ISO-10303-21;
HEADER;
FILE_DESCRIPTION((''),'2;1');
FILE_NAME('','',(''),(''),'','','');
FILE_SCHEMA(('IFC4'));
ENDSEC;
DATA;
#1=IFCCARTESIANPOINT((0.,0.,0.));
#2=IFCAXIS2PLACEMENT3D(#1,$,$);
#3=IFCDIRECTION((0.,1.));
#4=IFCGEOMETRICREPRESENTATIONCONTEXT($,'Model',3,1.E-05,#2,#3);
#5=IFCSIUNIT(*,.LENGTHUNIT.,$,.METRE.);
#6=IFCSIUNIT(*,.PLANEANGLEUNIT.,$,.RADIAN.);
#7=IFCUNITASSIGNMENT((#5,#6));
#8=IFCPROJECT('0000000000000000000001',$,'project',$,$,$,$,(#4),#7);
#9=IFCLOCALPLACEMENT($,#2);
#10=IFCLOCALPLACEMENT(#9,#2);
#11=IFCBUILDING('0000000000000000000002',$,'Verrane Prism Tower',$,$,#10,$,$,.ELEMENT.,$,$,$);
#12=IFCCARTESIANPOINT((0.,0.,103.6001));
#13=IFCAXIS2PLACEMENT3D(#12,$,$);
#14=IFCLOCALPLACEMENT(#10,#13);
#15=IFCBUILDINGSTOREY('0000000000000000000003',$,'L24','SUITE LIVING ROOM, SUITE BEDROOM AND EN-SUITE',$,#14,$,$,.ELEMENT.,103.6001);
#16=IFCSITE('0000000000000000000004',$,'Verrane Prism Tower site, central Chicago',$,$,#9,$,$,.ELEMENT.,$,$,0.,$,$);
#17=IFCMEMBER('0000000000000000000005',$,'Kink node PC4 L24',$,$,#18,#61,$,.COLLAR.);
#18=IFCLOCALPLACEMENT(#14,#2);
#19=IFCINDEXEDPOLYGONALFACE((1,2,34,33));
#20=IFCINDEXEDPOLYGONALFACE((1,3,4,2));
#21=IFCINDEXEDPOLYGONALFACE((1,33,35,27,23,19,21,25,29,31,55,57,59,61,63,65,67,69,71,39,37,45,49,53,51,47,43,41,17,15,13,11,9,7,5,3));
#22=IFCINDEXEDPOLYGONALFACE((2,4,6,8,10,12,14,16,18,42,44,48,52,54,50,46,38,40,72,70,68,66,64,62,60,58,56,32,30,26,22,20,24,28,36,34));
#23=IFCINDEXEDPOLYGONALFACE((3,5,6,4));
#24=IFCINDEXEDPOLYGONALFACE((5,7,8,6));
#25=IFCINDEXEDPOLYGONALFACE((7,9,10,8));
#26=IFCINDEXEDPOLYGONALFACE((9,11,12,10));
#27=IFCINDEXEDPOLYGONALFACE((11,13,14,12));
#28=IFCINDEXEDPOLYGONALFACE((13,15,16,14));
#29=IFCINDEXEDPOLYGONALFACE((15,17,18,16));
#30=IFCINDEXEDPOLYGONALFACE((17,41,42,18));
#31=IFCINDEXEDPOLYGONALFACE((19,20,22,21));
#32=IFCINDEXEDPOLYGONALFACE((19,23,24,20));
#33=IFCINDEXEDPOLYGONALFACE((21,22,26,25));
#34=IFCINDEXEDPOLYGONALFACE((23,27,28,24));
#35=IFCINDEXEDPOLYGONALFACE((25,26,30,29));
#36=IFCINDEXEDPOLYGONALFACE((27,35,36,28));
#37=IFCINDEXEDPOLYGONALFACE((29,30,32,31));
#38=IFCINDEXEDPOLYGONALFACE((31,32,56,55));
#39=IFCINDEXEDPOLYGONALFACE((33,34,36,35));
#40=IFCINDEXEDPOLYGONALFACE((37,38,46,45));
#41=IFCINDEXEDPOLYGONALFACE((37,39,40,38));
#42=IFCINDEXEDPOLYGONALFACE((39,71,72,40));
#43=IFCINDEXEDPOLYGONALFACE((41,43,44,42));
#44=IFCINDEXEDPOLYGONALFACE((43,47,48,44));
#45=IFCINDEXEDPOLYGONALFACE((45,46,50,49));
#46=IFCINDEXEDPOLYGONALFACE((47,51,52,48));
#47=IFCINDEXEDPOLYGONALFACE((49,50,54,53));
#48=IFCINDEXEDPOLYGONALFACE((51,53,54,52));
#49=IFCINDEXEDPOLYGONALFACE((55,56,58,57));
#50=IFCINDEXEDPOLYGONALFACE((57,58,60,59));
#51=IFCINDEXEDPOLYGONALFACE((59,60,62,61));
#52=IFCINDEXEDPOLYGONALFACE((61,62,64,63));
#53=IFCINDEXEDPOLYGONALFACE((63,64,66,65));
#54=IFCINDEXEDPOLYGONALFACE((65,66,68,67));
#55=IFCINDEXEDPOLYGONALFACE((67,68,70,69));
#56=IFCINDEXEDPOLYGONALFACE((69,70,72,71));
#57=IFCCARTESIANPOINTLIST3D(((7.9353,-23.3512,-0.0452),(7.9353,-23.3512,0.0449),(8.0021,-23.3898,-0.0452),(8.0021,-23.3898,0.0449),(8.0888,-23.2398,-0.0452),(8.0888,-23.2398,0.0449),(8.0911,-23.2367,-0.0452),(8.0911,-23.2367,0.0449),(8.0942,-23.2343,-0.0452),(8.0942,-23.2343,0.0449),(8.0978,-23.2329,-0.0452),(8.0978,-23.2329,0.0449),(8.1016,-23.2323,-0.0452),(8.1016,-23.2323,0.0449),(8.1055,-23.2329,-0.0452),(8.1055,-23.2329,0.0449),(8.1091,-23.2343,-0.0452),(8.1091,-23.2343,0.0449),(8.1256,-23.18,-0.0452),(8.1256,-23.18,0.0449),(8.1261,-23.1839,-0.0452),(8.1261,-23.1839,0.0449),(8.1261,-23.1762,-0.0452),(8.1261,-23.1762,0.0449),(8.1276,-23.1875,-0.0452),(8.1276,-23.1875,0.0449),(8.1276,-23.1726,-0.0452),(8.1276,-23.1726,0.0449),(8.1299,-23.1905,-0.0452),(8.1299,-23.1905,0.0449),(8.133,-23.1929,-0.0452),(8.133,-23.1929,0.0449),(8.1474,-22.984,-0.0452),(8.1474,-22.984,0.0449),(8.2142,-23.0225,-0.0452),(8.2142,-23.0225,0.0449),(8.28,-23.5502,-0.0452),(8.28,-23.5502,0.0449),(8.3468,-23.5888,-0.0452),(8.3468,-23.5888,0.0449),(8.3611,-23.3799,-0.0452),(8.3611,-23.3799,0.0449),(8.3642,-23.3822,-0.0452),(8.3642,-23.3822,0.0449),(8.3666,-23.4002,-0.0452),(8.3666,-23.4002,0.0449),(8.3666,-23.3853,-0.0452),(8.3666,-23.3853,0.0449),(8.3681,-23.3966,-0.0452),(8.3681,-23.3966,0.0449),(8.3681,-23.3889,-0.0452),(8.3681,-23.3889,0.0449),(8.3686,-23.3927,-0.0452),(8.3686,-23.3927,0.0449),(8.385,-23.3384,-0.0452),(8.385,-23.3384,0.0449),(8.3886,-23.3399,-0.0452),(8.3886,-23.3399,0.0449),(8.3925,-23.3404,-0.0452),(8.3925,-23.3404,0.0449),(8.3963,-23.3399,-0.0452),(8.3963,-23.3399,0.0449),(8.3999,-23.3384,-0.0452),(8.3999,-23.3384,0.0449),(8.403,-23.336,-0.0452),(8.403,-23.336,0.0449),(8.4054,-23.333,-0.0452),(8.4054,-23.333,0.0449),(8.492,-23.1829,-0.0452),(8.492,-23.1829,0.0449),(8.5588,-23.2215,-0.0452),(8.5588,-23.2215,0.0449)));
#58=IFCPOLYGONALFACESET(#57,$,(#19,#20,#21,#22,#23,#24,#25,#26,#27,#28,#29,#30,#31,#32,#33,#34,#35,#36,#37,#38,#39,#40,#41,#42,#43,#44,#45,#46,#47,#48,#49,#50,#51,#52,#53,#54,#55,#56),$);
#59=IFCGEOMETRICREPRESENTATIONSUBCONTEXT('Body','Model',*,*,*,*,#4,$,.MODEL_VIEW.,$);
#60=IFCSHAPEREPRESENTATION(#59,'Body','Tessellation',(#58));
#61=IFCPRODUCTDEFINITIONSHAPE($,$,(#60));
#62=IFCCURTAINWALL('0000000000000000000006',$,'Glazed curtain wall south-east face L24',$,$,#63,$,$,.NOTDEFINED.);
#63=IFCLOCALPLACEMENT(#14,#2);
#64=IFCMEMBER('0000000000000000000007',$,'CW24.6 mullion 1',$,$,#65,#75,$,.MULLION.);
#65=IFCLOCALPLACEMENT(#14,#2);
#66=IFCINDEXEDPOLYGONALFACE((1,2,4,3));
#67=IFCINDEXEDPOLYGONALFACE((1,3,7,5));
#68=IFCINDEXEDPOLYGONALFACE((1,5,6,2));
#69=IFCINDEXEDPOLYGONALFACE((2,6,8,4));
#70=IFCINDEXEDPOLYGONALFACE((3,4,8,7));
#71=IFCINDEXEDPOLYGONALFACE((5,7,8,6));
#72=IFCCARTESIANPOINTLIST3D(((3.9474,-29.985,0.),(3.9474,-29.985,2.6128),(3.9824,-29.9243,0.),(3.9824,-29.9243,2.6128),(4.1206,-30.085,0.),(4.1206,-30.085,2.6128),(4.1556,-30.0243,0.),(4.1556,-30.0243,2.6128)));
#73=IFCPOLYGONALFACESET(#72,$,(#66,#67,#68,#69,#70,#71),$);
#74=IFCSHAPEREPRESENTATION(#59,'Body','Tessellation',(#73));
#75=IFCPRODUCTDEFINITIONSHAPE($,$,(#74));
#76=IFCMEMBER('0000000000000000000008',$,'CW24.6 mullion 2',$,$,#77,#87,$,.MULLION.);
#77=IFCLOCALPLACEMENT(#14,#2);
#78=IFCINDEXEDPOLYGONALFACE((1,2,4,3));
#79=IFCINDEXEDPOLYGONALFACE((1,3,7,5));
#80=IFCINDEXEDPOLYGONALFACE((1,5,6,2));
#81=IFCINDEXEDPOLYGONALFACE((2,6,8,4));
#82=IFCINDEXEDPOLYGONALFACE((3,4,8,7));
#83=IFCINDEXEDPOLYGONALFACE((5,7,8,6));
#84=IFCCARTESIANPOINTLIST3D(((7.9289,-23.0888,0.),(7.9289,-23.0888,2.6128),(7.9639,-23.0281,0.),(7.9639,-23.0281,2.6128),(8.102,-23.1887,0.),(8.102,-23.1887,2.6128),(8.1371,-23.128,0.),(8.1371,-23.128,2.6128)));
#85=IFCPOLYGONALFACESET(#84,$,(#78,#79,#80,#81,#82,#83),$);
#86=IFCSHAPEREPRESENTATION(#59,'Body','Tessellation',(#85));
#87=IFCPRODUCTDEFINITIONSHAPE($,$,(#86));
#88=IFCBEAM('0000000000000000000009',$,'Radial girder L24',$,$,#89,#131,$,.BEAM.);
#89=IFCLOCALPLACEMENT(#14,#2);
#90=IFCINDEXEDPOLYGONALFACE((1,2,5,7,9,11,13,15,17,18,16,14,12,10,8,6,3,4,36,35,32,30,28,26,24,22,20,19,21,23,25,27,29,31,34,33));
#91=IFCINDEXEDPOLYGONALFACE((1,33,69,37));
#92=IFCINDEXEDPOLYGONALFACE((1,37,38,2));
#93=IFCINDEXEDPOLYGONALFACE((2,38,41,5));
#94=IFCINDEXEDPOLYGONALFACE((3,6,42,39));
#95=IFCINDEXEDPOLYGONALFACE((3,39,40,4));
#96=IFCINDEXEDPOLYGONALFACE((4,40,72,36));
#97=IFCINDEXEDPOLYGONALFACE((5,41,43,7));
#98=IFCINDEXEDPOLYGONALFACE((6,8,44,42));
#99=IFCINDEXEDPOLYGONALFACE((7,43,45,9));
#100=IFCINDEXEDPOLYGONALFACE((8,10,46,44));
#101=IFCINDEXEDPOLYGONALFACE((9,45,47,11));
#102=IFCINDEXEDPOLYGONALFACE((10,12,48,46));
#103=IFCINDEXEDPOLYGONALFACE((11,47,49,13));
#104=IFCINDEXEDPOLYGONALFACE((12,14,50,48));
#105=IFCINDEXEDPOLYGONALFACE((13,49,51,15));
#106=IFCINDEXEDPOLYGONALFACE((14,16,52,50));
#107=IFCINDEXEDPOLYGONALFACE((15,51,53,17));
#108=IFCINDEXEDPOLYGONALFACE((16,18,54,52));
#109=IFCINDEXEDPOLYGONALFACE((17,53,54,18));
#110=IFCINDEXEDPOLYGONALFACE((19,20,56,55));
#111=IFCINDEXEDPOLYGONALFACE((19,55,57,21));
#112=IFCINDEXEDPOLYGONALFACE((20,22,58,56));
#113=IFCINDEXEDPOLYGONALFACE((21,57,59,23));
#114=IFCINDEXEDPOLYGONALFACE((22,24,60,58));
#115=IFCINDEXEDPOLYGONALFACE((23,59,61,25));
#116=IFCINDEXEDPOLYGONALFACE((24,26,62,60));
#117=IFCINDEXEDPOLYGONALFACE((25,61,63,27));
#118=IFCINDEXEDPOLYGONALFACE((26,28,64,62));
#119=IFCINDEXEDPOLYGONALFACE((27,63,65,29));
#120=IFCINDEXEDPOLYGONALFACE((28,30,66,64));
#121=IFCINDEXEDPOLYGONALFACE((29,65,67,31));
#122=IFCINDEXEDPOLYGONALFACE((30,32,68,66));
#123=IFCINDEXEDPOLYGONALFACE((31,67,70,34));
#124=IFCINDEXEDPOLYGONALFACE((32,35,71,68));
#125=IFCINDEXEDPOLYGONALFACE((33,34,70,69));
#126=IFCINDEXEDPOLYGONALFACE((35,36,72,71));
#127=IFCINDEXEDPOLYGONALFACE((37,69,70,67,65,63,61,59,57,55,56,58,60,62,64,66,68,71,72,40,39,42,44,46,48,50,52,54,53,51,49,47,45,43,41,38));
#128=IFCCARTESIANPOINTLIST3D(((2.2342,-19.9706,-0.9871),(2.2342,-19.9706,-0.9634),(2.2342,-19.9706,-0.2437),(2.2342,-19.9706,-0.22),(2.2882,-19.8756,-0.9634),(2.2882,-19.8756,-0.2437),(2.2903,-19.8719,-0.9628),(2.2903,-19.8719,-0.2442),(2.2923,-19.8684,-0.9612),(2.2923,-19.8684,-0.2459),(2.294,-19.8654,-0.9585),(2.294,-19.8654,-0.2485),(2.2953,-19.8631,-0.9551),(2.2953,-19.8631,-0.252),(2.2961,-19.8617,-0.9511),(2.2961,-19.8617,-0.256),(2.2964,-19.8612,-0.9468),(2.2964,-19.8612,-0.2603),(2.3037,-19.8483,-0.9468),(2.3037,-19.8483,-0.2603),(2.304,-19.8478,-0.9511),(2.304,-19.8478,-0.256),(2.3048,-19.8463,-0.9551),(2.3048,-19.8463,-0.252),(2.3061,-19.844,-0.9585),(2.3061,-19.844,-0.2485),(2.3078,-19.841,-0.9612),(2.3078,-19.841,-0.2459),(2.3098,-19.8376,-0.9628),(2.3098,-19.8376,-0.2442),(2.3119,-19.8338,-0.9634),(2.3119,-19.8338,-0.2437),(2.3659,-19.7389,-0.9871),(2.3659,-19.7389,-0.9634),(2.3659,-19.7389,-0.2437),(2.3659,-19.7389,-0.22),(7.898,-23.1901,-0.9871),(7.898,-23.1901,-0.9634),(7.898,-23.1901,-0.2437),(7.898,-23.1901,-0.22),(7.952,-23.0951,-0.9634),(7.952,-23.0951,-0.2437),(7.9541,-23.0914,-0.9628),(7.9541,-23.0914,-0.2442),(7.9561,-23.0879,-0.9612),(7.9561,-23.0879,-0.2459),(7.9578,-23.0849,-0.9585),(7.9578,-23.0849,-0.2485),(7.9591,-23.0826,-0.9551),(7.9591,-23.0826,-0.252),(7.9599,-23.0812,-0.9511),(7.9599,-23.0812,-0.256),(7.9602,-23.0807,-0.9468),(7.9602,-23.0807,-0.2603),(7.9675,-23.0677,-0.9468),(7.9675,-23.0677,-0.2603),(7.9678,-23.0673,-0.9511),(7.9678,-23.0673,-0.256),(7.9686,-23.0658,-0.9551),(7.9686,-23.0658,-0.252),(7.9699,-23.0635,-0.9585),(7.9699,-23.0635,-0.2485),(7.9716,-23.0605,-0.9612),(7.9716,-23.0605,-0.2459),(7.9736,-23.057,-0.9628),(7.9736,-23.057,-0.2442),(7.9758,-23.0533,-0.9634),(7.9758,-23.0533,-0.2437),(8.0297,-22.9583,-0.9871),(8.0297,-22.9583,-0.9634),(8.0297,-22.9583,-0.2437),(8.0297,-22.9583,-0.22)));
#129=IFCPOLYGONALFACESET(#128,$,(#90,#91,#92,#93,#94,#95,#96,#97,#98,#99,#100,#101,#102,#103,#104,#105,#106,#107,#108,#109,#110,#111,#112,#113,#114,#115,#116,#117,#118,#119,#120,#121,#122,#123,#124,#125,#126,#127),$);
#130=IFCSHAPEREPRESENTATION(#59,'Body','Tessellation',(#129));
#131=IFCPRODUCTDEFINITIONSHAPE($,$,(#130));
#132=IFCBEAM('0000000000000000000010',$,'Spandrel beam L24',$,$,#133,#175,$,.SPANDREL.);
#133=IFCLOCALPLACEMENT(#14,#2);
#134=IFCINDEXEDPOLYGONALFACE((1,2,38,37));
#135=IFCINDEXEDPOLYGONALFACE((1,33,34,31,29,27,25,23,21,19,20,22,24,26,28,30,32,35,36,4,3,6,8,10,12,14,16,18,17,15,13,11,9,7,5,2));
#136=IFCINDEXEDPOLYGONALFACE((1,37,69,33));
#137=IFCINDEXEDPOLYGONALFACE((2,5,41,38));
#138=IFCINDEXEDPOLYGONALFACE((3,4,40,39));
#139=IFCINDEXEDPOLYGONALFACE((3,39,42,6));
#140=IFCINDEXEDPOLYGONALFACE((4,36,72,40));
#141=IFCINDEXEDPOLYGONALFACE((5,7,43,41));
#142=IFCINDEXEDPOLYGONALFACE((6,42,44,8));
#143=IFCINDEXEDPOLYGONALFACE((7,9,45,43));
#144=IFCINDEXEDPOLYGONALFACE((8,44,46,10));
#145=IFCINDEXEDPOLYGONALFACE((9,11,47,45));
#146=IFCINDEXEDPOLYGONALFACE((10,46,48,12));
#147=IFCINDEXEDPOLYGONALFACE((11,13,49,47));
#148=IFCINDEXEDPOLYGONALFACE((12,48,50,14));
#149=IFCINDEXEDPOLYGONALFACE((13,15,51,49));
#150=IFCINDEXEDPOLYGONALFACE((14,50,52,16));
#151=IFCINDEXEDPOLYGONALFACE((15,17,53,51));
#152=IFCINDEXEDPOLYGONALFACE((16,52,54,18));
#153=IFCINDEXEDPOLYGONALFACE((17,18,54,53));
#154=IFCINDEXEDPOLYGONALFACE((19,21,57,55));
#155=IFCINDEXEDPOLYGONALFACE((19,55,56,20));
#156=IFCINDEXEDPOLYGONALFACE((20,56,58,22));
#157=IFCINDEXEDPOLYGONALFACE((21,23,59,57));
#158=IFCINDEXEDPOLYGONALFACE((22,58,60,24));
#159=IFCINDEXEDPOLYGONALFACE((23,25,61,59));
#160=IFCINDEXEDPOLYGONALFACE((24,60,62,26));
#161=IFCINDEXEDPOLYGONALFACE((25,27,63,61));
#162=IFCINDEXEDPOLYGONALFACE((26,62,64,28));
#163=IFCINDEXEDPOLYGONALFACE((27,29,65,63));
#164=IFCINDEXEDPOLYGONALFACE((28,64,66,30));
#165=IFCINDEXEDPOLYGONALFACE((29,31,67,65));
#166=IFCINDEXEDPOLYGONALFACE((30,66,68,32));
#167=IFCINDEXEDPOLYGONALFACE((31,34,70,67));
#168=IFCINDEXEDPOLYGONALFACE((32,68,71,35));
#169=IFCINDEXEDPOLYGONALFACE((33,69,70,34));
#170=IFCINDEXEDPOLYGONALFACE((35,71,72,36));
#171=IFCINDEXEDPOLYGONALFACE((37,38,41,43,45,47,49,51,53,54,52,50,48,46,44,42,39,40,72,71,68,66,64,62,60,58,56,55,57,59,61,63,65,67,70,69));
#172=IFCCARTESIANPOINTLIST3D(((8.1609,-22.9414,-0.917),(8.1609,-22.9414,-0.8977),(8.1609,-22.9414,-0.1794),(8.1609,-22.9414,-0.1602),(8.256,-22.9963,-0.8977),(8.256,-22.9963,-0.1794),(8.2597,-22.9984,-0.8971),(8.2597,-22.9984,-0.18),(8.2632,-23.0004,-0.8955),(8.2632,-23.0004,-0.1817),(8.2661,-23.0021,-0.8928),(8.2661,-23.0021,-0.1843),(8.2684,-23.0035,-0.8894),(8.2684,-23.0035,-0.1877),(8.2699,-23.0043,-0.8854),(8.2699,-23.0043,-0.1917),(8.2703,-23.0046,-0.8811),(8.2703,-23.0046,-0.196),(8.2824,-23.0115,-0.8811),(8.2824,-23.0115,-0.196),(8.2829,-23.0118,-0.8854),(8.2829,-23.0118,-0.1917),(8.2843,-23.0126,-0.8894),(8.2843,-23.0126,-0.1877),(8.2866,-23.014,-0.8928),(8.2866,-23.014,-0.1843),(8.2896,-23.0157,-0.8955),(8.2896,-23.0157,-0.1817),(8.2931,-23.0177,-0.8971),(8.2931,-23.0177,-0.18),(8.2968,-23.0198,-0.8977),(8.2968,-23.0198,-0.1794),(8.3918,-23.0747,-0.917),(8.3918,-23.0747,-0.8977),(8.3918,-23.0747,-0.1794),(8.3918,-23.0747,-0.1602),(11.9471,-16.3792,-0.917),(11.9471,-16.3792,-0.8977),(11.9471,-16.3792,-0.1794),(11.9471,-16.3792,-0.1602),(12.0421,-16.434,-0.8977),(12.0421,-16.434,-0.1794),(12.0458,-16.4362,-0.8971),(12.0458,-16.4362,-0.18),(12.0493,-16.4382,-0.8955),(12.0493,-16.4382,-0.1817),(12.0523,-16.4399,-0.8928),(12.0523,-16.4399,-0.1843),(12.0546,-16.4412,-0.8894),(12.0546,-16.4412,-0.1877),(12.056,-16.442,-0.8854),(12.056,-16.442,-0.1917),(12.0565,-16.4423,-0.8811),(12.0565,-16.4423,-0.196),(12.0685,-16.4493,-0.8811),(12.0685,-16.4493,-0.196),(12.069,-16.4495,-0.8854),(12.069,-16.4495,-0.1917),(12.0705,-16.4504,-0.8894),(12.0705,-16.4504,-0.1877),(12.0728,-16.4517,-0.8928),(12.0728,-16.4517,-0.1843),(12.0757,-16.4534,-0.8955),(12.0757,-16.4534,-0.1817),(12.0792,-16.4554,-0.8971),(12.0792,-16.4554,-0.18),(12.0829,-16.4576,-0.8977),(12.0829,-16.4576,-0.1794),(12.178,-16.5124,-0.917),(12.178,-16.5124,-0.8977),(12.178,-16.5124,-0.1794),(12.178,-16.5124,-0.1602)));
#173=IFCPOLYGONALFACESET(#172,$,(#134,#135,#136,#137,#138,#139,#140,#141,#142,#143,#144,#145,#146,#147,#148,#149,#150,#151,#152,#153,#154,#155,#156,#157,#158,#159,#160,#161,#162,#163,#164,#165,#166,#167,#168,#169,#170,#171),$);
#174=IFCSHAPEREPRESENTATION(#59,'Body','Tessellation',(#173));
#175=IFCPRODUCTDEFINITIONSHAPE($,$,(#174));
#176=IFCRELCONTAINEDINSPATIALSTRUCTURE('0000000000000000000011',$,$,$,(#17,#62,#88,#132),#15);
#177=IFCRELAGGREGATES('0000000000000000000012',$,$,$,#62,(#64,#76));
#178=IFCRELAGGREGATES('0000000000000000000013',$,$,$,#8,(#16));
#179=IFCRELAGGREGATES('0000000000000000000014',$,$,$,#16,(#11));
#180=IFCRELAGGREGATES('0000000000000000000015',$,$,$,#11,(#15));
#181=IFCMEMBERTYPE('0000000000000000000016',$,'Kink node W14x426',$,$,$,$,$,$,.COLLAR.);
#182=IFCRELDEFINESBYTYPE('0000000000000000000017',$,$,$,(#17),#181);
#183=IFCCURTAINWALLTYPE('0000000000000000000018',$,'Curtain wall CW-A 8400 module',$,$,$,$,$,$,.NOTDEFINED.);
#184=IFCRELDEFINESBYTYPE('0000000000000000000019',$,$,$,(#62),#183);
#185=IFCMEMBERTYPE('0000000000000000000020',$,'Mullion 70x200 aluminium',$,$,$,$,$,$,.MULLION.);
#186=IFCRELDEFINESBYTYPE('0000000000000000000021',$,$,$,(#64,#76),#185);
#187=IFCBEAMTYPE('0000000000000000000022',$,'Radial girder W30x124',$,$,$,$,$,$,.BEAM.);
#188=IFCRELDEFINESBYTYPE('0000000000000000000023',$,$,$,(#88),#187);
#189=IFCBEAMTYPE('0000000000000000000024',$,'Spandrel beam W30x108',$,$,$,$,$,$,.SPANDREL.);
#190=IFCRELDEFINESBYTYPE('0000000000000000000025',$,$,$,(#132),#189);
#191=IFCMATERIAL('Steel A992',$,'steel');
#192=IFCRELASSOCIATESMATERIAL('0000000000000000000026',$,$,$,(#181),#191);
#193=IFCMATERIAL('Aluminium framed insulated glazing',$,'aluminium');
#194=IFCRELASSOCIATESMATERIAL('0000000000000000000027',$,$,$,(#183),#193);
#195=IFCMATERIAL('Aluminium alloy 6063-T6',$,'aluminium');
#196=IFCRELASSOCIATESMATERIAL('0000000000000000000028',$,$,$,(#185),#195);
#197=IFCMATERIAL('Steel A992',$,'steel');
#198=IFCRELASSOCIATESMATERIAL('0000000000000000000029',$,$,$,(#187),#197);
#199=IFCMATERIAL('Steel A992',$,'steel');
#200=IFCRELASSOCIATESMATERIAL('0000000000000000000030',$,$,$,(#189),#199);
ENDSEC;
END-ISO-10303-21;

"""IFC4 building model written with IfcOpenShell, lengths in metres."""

from ifc_helpers import new_model, si_unit, direction, frame, origin, origin_2d, place, context, subcontext, project, spatial, rectangle, i_section, extrude, material, material_profile, profile_set, type_object, element, aggregate, save


model = new_model("IFC4")

# Units and contexts
model_context = context("Model", 3, precision=1e-05, world=origin(), true_north=direction((0.0, 1.0)))
body_context = subcontext(model_context, "Body", "Model", "MODEL_VIEW")
ifc_project = project(units=[si_unit("LENGTHUNIT", "METRE"), si_unit("PLANEANGLEUNIT", "RADIAN")], contexts=[model_context])

# Site, building, storey
site_placement = place(None, origin())
site = spatial("IfcSite", under=ifc_project, at=site_placement, Name="Verrane Prism Tower site, central Chicago", CompositionType="ELEMENT", RefElevation=0.0)
building_placement = place(site_placement, origin())
building = spatial("IfcBuilding", under=site, at=building_placement, Name="Verrane Prism Tower", CompositionType="ELEMENT")
storey_placement = place(building_placement, frame((0.0, 0.0, 103.6001)))
storey = spatial("IfcBuildingStorey", under=building, at=storey_placement, Name="L24", Description="SUITE LIVING ROOM, SUITE BEDROOM AND EN-SUITE", CompositionType="ELEMENT", Elevation=103.6001)

# Member
ifc_material_1 = material(Name="Steel A992", Category="steel")
ifc_material_profile_1 = material_profile(ifc_material_1, i_section(OverallWidth=0.4241, OverallDepth=0.4751, WebThickness=0.0479, FlangeThickness=0.0771, FilletRadius=0.0149, at=origin_2d()), Name="W14x426")
ifc_profile_set_1 = profile_set([ifc_material_profile_1], Name="Steel A992")
member_type_1 = type_object("IfcMemberType", Name="Kink node W14x426", PredefinedType="COLLAR", material=ifc_profile_set_1)
member_1_placement = place(storey_placement, frame((8.2471, -23.2864, -0.0452), z_axis=(0.0, 0.0, 1.0), x_axis=(-0.5, -0.866025, 0.0)))
element("IfcMember", 1, at=member_1_placement, inside=storey, type_object=member_type_1, Name="Kink node PC4 L24", PredefinedType="COLLAR", context=body_context, shape_type="SweptSolid", body=[
    extrude(i_section(OverallWidth=0.4241, OverallDepth=0.4751, WebThickness=0.0479, FlangeThickness=0.0771, FilletRadius=0.0149, at=origin_2d()), origin(), (0.0, 0.0, 1.0), 0.0901),
])

# Curtain wall, members
ifc_material_2 = material(Name="Aluminium framed insulated glazing", Category="aluminium")
curtain_wall_type = type_object("IfcCurtainWallType", Name="Curtain wall CW-A 8400 module", PredefinedType="NOTDEFINED", material=ifc_material_2)
curtain_wall_1_placement = place(storey_placement, origin())
curtain_wall_1 = element("IfcCurtainWall", 2, at=curtain_wall_1_placement, inside=storey, type_object=curtain_wall_type, Name="Glazed curtain wall south-east face L24", PredefinedType="NOTDEFINED")
ifc_material_3 = material(Name="Aluminium alloy 6063-T6", Category="aluminium")
ifc_material_profile_2 = material_profile(ifc_material_3, rectangle(XDim=0.2, YDim=0.0701, at=origin_2d()), Name="Mullion 70x200 aluminium")
ifc_profile_set_2 = profile_set([ifc_material_profile_2], Name="Aluminium alloy 6063-T6")
member_type_2 = type_object("IfcMemberType", Name="Mullion 70x200 aluminium", PredefinedType="MULLION", material=ifc_profile_set_2)
member_2_placement = place(storey_placement, frame((4.0515, -30.0046, 0.0), z_axis=(0.0, 0.0, 1.0), x_axis=(-0.866025, 0.5, 0.0)))
member_2 = element("IfcMember", 3, at=member_2_placement, type_object=member_type_2, Name="CW24.6 mullion 1", PredefinedType="MULLION", context=body_context, shape_type="SweptSolid", body=[
    extrude(rectangle(XDim=0.2, YDim=0.0701, at=origin_2d()), origin(), (0.0, 0.0, 1.0), 2.6128),
])
member_3_placement = place(storey_placement, frame((8.033, -23.1084, 0.0), z_axis=(0.0, 0.0, 1.0), x_axis=(-0.866025, 0.5, 0.0)))
member_3 = element("IfcMember", 4, at=member_3_placement, type_object=member_type_2, Name="CW24.6 mullion 2", PredefinedType="MULLION", context=body_context, shape_type="SweptSolid", body=[
    extrude(rectangle(XDim=0.2, YDim=0.0701, at=origin_2d()), origin(), (0.0, 0.0, 1.0), 2.6128),
])

# Beams
ifc_material_4 = material(Name="Steel A992", Category="steel")
ifc_material_profile_3 = material_profile(ifc_material_4, i_section(OverallWidth=0.2666, OverallDepth=0.7671, WebThickness=0.0149, FlangeThickness=0.0237, FilletRadius=0.0166, at=origin_2d()), Name="W30x124")
ifc_profile_set_3 = profile_set([ifc_material_profile_3], Name="Steel A992")
beam_type_1 = type_object("IfcBeamType", Name="Radial girder W30x124", PredefinedType="BEAM", material=ifc_profile_set_3)
beam_1_placement = place(storey_placement, frame((7.9639, -23.0742, -0.6035), z_axis=(-0.869364, 0.494172, 0.0), x_axis=(-0.494172, -0.869364, 0.0)))
element("IfcBeam", 5, at=beam_1_placement, inside=storey, type_object=beam_type_1, Name="Radial girder L24", PredefinedType="BEAM", context=body_context, shape_type="SweptSolid", body=[
    extrude(i_section(OverallWidth=0.2666, OverallDepth=0.7671, WebThickness=0.0149, FlangeThickness=0.0237, FilletRadius=0.0166, at=origin_2d()), origin(), (0.0, 0.0, 1.0), 6.5149),
])
ifc_material_5 = material(Name="Steel A992", Category="steel")
ifc_material_profile_4 = material_profile(ifc_material_5, i_section(OverallWidth=0.2666, OverallDepth=0.7568, WebThickness=0.0139, FlangeThickness=0.0193, FilletRadius=0.0166, at=origin_2d()), Name="W30x108")
ifc_profile_set_4 = profile_set([ifc_material_profile_4], Name="Steel A992")
beam_type_2 = type_object("IfcBeamType", Name="Spandrel beam W30x108", PredefinedType="SPANDREL", material=ifc_profile_set_4)
beam_2_placement = place(storey_placement, frame((8.2764, -23.0081, -0.5386), z_axis=(0.499744, 0.866173, 0.0), x_axis=(-0.866173, 0.499744, 0.0)))
element("IfcBeam", 6, at=beam_2_placement, inside=storey, type_object=beam_type_2, Name="Spandrel beam L24", PredefinedType="SPANDREL", context=body_context, shape_type="SweptSolid", body=[
    extrude(i_section(OverallWidth=0.2666, OverallDepth=0.7568, WebThickness=0.0139, FlangeThickness=0.0193, FilletRadius=0.0166, at=origin_2d()), origin(), (0.0, 0.0, 1.0), 7.5762),
])

aggregate(curtain_wall_1, [member_2, member_3])

save(model, "model.ifc")
